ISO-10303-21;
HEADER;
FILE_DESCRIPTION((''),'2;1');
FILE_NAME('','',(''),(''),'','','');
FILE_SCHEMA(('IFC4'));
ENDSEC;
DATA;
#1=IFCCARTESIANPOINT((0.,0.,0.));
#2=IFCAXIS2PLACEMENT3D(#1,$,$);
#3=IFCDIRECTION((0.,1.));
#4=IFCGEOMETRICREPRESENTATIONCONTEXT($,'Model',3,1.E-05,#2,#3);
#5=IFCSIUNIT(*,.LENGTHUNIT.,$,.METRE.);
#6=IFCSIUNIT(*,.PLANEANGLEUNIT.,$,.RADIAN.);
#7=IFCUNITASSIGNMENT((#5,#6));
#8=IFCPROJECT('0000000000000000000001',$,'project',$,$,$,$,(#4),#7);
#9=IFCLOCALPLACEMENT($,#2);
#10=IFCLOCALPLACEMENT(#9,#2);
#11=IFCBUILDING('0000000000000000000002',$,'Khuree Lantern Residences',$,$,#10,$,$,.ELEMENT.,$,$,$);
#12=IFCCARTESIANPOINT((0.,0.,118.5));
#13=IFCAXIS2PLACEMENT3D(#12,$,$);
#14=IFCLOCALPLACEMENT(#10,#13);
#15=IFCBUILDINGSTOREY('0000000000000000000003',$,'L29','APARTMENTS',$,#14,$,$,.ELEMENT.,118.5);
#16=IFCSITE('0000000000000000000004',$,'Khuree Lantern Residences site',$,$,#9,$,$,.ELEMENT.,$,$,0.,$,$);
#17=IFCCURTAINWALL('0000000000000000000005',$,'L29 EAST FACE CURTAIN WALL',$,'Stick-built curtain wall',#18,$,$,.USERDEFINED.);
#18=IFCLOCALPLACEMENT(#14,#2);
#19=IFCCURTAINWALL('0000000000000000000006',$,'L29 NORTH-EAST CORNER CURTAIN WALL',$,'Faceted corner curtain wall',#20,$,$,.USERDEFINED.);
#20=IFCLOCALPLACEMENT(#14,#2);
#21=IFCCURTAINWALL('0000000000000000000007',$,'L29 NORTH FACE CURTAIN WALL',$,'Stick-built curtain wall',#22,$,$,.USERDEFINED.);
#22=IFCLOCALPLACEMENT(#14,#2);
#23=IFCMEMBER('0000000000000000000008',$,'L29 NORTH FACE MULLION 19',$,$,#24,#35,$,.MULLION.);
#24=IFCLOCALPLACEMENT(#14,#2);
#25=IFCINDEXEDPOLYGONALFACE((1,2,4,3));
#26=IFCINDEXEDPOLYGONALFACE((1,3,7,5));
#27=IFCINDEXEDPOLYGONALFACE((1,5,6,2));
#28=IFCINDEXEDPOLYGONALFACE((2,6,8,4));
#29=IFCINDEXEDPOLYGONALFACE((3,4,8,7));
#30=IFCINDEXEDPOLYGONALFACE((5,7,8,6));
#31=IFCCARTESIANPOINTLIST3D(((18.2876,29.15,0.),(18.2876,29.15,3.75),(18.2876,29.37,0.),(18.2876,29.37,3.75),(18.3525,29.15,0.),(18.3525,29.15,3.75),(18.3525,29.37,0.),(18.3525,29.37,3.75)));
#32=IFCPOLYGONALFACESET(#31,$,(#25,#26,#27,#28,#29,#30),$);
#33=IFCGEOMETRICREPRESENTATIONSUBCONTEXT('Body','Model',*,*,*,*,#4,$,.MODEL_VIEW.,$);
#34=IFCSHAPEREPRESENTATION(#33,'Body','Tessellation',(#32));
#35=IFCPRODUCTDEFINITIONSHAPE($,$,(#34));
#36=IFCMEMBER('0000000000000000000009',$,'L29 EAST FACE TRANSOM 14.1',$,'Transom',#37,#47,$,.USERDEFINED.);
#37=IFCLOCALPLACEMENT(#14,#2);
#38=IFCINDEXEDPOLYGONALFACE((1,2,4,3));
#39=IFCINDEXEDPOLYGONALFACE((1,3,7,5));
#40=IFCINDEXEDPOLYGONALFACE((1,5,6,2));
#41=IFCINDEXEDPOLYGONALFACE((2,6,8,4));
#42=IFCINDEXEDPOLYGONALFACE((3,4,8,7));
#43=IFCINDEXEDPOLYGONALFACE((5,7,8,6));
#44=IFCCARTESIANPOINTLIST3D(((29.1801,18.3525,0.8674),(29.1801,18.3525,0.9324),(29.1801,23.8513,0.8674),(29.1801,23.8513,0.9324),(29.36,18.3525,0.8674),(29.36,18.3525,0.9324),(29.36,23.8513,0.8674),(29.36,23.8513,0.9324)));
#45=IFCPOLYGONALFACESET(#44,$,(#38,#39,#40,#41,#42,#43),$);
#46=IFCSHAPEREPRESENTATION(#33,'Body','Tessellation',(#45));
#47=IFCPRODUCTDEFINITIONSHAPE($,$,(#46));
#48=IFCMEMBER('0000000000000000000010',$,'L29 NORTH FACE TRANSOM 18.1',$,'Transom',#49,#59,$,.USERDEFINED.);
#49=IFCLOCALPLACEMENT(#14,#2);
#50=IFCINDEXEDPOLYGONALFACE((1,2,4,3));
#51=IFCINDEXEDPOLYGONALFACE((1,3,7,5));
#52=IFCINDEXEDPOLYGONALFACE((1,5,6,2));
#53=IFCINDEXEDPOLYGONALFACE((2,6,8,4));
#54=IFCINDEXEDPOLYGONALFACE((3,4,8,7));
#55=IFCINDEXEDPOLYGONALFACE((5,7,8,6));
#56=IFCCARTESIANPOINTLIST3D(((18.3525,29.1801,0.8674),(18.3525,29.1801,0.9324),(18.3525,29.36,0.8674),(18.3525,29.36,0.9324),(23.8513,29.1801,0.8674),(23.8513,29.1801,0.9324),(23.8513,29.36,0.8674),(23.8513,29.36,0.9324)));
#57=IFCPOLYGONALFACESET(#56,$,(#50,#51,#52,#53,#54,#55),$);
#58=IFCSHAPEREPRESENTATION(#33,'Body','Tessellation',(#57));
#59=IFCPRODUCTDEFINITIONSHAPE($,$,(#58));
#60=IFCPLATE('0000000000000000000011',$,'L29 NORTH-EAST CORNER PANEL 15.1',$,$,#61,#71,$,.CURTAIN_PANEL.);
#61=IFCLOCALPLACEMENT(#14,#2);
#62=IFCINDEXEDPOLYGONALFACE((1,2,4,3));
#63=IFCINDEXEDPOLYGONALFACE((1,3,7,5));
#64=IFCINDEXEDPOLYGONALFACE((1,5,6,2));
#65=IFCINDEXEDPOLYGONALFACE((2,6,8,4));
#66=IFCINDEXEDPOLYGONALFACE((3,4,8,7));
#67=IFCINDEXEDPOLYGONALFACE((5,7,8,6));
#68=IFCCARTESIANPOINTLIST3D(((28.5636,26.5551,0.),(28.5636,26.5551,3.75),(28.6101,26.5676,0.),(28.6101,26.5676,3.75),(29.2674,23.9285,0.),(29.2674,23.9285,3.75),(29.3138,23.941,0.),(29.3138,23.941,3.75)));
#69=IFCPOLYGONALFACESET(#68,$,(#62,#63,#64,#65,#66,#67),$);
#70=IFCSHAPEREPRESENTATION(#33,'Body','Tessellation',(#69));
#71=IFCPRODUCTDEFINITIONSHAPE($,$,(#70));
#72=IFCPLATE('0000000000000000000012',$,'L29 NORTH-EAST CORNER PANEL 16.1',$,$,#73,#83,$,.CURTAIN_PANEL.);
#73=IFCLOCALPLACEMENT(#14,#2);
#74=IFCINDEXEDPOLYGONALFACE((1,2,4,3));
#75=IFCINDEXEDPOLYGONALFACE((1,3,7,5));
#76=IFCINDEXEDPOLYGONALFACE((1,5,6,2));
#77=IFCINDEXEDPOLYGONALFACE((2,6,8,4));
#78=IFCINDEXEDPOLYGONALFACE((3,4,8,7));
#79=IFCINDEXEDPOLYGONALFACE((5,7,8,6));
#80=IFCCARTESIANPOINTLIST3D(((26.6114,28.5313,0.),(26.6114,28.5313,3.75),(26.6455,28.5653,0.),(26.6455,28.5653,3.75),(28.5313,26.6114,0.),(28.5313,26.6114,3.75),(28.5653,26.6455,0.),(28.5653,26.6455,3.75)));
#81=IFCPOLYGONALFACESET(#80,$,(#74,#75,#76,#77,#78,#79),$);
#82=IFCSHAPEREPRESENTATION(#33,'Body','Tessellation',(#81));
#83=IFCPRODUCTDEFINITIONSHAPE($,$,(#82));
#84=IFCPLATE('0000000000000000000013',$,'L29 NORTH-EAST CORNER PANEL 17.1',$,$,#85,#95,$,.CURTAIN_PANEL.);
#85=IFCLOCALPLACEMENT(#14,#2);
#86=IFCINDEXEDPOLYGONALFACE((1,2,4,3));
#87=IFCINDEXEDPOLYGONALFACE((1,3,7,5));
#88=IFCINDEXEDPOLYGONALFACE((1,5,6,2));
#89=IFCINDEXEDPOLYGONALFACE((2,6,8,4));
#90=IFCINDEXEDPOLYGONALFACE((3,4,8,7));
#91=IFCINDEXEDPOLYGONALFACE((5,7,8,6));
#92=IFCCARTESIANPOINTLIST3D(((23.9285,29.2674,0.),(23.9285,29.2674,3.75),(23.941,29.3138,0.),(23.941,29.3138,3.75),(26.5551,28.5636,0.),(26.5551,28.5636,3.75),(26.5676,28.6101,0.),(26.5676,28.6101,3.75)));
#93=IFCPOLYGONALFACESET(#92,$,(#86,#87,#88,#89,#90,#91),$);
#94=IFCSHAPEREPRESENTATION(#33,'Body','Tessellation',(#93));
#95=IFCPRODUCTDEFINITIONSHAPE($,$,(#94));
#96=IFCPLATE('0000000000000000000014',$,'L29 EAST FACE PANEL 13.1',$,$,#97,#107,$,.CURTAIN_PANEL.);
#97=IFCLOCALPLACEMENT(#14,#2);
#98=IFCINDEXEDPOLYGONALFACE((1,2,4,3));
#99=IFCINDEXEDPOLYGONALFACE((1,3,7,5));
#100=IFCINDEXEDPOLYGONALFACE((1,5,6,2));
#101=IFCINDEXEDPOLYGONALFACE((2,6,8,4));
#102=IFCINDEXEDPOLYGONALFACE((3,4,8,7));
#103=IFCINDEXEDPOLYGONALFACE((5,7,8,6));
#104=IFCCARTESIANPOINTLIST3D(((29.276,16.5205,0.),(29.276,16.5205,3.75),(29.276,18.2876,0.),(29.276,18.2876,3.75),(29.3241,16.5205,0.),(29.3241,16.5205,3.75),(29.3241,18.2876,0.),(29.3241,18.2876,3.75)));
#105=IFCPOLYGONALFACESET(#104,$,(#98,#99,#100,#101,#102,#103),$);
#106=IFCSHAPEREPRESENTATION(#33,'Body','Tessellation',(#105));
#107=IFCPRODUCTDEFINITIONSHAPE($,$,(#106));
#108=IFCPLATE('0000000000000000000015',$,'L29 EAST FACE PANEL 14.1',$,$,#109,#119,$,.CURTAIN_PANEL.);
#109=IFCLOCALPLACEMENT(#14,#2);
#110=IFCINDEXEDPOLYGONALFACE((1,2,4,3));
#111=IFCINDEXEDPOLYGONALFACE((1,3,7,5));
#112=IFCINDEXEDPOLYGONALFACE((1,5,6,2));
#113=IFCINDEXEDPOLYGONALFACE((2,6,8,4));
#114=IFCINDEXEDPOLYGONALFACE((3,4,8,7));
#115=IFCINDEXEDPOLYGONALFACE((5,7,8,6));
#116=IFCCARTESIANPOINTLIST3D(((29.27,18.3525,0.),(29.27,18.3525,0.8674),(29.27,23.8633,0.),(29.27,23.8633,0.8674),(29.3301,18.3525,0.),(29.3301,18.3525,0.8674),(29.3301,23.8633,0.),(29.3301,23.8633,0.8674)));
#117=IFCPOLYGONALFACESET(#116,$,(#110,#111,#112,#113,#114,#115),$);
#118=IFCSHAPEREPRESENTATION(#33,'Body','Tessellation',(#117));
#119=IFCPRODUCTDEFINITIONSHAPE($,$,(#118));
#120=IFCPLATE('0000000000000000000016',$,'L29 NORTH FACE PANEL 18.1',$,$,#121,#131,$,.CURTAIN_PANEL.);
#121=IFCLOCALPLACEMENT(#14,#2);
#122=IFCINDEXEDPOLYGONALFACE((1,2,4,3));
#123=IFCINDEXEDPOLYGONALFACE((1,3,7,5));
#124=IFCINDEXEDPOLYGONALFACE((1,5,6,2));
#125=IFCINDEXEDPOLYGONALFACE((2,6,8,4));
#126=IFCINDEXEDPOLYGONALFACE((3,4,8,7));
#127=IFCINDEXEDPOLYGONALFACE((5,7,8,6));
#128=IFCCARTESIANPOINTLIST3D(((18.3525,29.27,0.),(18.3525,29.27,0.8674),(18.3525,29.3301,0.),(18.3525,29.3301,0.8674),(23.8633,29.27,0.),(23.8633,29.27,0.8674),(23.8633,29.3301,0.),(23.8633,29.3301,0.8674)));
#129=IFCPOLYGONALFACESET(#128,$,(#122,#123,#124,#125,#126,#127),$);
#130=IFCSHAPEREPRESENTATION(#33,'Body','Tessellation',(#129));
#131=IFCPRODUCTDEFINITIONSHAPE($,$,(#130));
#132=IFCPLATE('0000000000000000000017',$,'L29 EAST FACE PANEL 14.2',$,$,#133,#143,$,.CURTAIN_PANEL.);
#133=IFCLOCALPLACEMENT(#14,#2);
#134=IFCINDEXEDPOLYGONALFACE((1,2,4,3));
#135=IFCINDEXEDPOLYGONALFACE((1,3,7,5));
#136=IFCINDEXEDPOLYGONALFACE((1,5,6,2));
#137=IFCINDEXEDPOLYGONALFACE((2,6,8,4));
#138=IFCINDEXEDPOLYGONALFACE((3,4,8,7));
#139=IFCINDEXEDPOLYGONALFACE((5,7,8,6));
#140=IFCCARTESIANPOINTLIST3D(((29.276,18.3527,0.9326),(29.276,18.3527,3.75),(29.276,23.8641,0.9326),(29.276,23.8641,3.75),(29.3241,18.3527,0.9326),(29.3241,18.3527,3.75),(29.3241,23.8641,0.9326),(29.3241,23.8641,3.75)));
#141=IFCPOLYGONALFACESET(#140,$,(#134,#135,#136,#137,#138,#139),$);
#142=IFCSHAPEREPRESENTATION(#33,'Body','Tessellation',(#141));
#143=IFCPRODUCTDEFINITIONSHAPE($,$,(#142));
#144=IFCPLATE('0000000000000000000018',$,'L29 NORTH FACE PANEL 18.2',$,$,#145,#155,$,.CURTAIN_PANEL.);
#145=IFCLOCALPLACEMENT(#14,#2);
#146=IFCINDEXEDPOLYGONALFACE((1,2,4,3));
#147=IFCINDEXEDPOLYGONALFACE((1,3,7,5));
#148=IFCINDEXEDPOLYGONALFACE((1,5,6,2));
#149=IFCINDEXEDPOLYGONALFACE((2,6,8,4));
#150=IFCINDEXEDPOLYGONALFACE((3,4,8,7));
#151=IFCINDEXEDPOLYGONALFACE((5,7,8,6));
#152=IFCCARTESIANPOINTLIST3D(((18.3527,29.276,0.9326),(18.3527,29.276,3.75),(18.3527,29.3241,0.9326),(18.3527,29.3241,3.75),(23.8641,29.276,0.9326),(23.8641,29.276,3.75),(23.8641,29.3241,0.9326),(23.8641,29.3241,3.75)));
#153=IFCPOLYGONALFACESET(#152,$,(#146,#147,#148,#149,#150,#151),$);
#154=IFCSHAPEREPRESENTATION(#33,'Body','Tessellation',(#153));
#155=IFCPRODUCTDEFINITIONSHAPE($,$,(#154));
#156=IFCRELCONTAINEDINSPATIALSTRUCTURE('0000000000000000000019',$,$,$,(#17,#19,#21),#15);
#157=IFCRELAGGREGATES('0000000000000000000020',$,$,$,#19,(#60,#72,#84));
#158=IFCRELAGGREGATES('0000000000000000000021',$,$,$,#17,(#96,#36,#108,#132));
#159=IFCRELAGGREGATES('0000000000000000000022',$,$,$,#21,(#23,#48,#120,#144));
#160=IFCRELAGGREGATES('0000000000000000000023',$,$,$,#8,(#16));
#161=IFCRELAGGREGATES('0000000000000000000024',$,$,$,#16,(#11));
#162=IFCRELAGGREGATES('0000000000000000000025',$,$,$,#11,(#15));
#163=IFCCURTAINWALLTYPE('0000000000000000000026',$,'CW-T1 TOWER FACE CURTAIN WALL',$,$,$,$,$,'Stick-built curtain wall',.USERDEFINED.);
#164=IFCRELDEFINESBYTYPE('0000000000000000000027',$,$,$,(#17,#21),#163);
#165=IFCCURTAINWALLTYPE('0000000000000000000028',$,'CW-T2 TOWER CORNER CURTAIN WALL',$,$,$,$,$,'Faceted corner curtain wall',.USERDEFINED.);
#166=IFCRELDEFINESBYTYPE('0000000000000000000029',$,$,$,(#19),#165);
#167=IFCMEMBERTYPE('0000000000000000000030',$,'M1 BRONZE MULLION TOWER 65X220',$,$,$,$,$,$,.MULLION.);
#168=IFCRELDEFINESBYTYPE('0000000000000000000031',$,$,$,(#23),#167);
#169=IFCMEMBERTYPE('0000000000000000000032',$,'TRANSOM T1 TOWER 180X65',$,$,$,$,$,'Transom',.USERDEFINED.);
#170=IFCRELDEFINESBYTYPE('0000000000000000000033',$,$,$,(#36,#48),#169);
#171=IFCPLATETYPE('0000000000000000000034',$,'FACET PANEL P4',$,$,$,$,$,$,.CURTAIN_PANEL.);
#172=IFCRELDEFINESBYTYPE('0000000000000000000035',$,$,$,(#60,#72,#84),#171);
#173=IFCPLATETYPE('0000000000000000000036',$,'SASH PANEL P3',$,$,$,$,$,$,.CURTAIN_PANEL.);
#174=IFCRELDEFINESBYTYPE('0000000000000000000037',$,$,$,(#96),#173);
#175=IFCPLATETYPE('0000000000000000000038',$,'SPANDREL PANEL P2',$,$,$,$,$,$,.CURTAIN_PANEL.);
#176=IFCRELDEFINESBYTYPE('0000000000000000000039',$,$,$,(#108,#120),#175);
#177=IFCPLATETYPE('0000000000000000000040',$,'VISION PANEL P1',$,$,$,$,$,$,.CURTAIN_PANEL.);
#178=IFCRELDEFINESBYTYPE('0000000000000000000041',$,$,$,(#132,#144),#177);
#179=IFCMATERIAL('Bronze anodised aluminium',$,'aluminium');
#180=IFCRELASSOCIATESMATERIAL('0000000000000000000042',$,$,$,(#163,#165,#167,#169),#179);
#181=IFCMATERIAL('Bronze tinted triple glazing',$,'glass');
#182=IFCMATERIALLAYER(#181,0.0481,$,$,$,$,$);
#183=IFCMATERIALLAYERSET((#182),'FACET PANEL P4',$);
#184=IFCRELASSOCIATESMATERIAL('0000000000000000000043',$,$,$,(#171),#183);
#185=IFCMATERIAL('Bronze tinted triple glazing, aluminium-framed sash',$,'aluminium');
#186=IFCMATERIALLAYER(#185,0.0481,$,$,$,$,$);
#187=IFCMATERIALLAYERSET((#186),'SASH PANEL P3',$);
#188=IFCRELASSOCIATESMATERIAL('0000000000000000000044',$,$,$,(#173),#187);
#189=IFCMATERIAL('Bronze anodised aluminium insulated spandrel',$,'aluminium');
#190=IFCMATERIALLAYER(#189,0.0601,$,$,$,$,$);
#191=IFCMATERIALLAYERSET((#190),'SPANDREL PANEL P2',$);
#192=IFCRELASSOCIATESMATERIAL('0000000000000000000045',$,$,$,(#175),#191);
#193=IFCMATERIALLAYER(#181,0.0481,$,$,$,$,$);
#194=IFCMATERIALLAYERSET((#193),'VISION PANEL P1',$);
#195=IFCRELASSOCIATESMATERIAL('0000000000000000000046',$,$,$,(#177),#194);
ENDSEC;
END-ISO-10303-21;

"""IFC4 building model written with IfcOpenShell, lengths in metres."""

from ifc_helpers import new_model, si_unit, direction, frame, origin, origin_2d, place, context, subcontext, project, spatial, rectangle, extrude, material, layer, layer_set, material_profile, profile_set, type_object, element, aggregate, save


model = new_model("IFC4")

# Units and contexts
model_context = context("Model", 3, precision=1e-05, world=origin(), true_north=direction((0.0, 1.0)))
body_context = subcontext(model_context, "Body", "Model", "MODEL_VIEW")
ifc_project = project(units=[si_unit("LENGTHUNIT", "METRE"), si_unit("PLANEANGLEUNIT", "RADIAN")], contexts=[model_context])

# Site, building, storey
site_placement = place(None, origin())
site = spatial("IfcSite", under=ifc_project, at=site_placement, Name="Khuree Lantern Residences site", CompositionType="ELEMENT", RefElevation=0.0)
building_placement = place(site_placement, origin())
building = spatial("IfcBuilding", under=site, at=building_placement, Name="Khuree Lantern Residences", CompositionType="ELEMENT")
storey_placement = place(building_placement, frame((0.0, 0.0, 118.5)))
storey = spatial("IfcBuildingStorey", under=building, at=storey_placement, Name="L29", Description="APARTMENTS", CompositionType="ELEMENT", Elevation=118.5)

# Curtain walls
ifc_material_1 = material(Name="Bronze anodised aluminium", Category="aluminium")
curtain_wall_type_1 = type_object("IfcCurtainWallType", Name="CW-T1 TOWER FACE CURTAIN WALL", ElementType="Stick-built curtain wall", PredefinedType="USERDEFINED", material=ifc_material_1)
curtain_wall_1_placement = place(storey_placement, origin())
curtain_wall_1 = element("IfcCurtainWall", 1, at=curtain_wall_1_placement, inside=storey, type_object=curtain_wall_type_1, Name="L29 EAST FACE CURTAIN WALL", ObjectType="Stick-built curtain wall", PredefinedType="USERDEFINED")
curtain_wall_type_2 = type_object("IfcCurtainWallType", Name="CW-T2 TOWER CORNER CURTAIN WALL", ElementType="Faceted corner curtain wall", PredefinedType="USERDEFINED", material=ifc_material_1)
curtain_wall_2_placement = place(storey_placement, origin())
curtain_wall_2 = element("IfcCurtainWall", 2, at=curtain_wall_2_placement, inside=storey, type_object=curtain_wall_type_2, Name="L29 NORTH-EAST CORNER CURTAIN WALL", ObjectType="Faceted corner curtain wall", PredefinedType="USERDEFINED")

# Shared definitions
ifc_material_profile_1 = material_profile(ifc_material_1, rectangle(XDim=0.0649, YDim=0.22, at=origin_2d()), Name="M1 65X220")
ifc_profile_set_1 = profile_set([ifc_material_profile_1], Name="Bronze anodised aluminium")
member_type_1 = type_object("IfcMemberType", Name="M1 BRONZE MULLION TOWER 65X220", PredefinedType="MULLION", material=ifc_profile_set_1)

# Curtain wall, member
curtain_wall_3_placement = place(storey_placement, origin())
curtain_wall_3 = element("IfcCurtainWall", 3, at=curtain_wall_3_placement, inside=storey, type_object=curtain_wall_type_1, Name="L29 NORTH FACE CURTAIN WALL", ObjectType="Stick-built curtain wall", PredefinedType="USERDEFINED")
member_1_placement = place(storey_placement, frame((18.3201, 29.26, 0.0), z_axis=(0.0, 0.0, 1.0), x_axis=(-1.0, 0.0, 0.0)))
member_1 = element("IfcMember", 4, at=member_1_placement, type_object=member_type_1, Name="L29 NORTH FACE MULLION 19", PredefinedType="MULLION", context=body_context, shape_type="SweptSolid", body=[
    extrude(rectangle(XDim=0.0649, YDim=0.22, at=origin_2d()), origin(), (0.0, 0.0, 1.0), 3.75),
])

# Members
ifc_material_profile_2 = material_profile(ifc_material_1, rectangle(XDim=0.1799, YDim=0.0649, at=origin_2d()), Name="T1 180X65")
ifc_profile_set_2 = profile_set([ifc_material_profile_2], Name="Bronze anodised aluminium")
member_type_2 = type_object("IfcMemberType", Name="TRANSOM T1 TOWER 180X65", ElementType="Transom", PredefinedType="USERDEFINED", material=ifc_profile_set_2)
member_2_placement = place(storey_placement, frame((29.27, 18.3525, 0.8999), z_axis=(0.0, 1.0, 0.0), x_axis=(-1.0, 0.0, 0.0)))
member_2 = element("IfcMember", 5, at=member_2_placement, type_object=member_type_2, Name="L29 EAST FACE TRANSOM 14.1", ObjectType="Transom", PredefinedType="USERDEFINED", context=body_context, shape_type="SweptSolid", body=[
    extrude(rectangle(XDim=0.1799, YDim=0.0649, at=origin_2d()), origin(), (0.0, 0.0, 1.0), 5.4988),
])
member_3_placement = place(storey_placement, frame((23.8513, 29.27, 0.8999), z_axis=(-1.0, 0.0, 0.0), x_axis=(0.0, -1.0, 0.0)))
member_3 = element("IfcMember", 6, at=member_3_placement, type_object=member_type_2, Name="L29 NORTH FACE TRANSOM 18.1", ObjectType="Transom", PredefinedType="USERDEFINED", context=body_context, shape_type="SweptSolid", body=[
    extrude(rectangle(XDim=0.1799, YDim=0.0649, at=origin_2d()), origin(), (0.0, 0.0, 1.0), 5.4988),
])

# Plates
ifc_material_2 = material(Name="Bronze tinted triple glazing", Category="glass")
ifc_layer_1 = layer(ifc_material_2, 0.0481)
ifc_layer_set_1 = layer_set([ifc_layer_1], Name="FACET PANEL P4")
plate_type_1 = type_object("IfcPlateType", Name="FACET PANEL P4", PredefinedType="CURTAIN_PANEL", material=ifc_layer_set_1)
plate_1_placement = place(storey_placement, frame((28.9387, 25.248, 0.0), z_axis=(0.0, 0.0, 1.0), x_axis=(-0.258819, 0.965926, 0.0)))
plate_1 = element("IfcPlate", 7, at=plate_1_placement, type_object=plate_type_1, Name="L29 NORTH-EAST CORNER PANEL 15.1", PredefinedType="CURTAIN_PANEL", context=body_context, shape_type="SweptSolid", body=[
    extrude(rectangle(XDim=2.7192, YDim=0.0481, at=origin_2d()), origin(), (0.0, 0.0, 1.0), 3.75),
])
plate_2_placement = place(storey_placement, frame((27.5884, 27.5884, 0.0), z_axis=(0.0, 0.0, 1.0), x_axis=(-0.707107, 0.707107, 0.0)))
plate_2 = element("IfcPlate", 8, at=plate_2_placement, type_object=plate_type_1, Name="L29 NORTH-EAST CORNER PANEL 16.1", PredefinedType="CURTAIN_PANEL", context=body_context, shape_type="SweptSolid", body=[
    extrude(rectangle(XDim=2.7151, YDim=0.0481, at=origin_2d()), origin(), (0.0, 0.0, 1.0), 3.75),
])
plate_3_placement = place(storey_placement, frame((25.248, 28.9387, 0.0), z_axis=(0.0, 0.0, 1.0), x_axis=(-0.965926, 0.258819, 0.0)))
plate_3 = element("IfcPlate", 9, at=plate_3_placement, type_object=plate_type_1, Name="L29 NORTH-EAST CORNER PANEL 17.1", PredefinedType="CURTAIN_PANEL", context=body_context, shape_type="SweptSolid", body=[
    extrude(rectangle(XDim=2.7192, YDim=0.0481, at=origin_2d()), origin(), (0.0, 0.0, 1.0), 3.75),
])
aggregate(curtain_wall_2, [plate_1, plate_2, plate_3])
ifc_material_3 = material(Name="Bronze tinted triple glazing, aluminium-framed sash", Category="aluminium")
ifc_layer_2 = layer(ifc_material_3, 0.0481)
ifc_layer_set_2 = layer_set([ifc_layer_2], Name="SASH PANEL P3")
plate_type_2 = type_object("IfcPlateType", Name="SASH PANEL P3", PredefinedType="CURTAIN_PANEL", material=ifc_layer_set_2)
plate_4_placement = place(storey_placement, frame((29.3, 17.4041, 0.0), z_axis=(0.0, 0.0, 1.0), x_axis=(0.0, 1.0, 0.0)))
plate_4 = element("IfcPlate", 10, at=plate_4_placement, type_object=plate_type_2, Name="L29 EAST FACE PANEL 13.1", PredefinedType="CURTAIN_PANEL", context=body_context, shape_type="SweptSolid", body=[
    extrude(rectangle(XDim=1.7671, YDim=0.0481, at=origin_2d()), origin(), (0.0, 0.0, 1.0), 3.75),
])
ifc_material_4 = material(Name="Bronze anodised aluminium insulated spandrel", Category="aluminium")
ifc_layer_3 = layer(ifc_material_4, 0.0601)
ifc_layer_set_3 = layer_set([ifc_layer_3], Name="SPANDREL PANEL P2")
plate_type_3 = type_object("IfcPlateType", Name="SPANDREL PANEL P2", PredefinedType="CURTAIN_PANEL", material=ifc_layer_set_3)
plate_5_placement = place(storey_placement, frame((29.3, 21.1079, 0.0), z_axis=(0.0, 0.0, 1.0), x_axis=(0.0, 1.0, 0.0)))
plate_5 = element("IfcPlate", 11, at=plate_5_placement, type_object=plate_type_3, Name="L29 EAST FACE PANEL 14.1", PredefinedType="CURTAIN_PANEL", context=body_context, shape_type="SweptSolid", body=[
    extrude(rectangle(XDim=5.5107, YDim=0.0601, at=origin_2d()), origin(), (0.0, 0.0, 1.0), 0.8674),
])
plate_6_placement = place(storey_placement, frame((21.1079, 29.3, 0.0), z_axis=(0.0, 0.0, 1.0), x_axis=(-1.0, 0.0, 0.0)))
plate_6 = element("IfcPlate", 12, at=plate_6_placement, type_object=plate_type_3, Name="L29 NORTH FACE PANEL 18.1", PredefinedType="CURTAIN_PANEL", context=body_context, shape_type="SweptSolid", body=[
    extrude(rectangle(XDim=5.5107, YDim=0.0601, at=origin_2d()), origin(), (0.0, 0.0, 1.0), 0.8674),
])
ifc_layer_4 = layer(ifc_material_2, 0.0481)
ifc_layer_set_4 = layer_set([ifc_layer_4], Name="VISION PANEL P1")
plate_type_4 = type_object("IfcPlateType", Name="VISION PANEL P1", PredefinedType="CURTAIN_PANEL", material=ifc_layer_set_4)
plate_7_placement = place(storey_placement, frame((29.3, 21.1084, 0.9326), z_axis=(0.0, 0.0, 1.0), x_axis=(0.0, 1.0, 0.0)))
plate_7 = element("IfcPlate", 13, at=plate_7_placement, type_object=plate_type_4, Name="L29 EAST FACE PANEL 14.2", PredefinedType="CURTAIN_PANEL", context=body_context, shape_type="SweptSolid", body=[
    extrude(rectangle(XDim=5.5115, YDim=0.0481, at=origin_2d()), origin(), (0.0, 0.0, 1.0), 2.8174),
])
aggregate(curtain_wall_1, [plate_4, member_2, plate_5, plate_7])
plate_8_placement = place(storey_placement, frame((21.1084, 29.3, 0.9326), z_axis=(0.0, 0.0, 1.0), x_axis=(-1.0, 0.0, 0.0)))
plate_8 = element("IfcPlate", 14, at=plate_8_placement, type_object=plate_type_4, Name="L29 NORTH FACE PANEL 18.2", PredefinedType="CURTAIN_PANEL", context=body_context, shape_type="SweptSolid", body=[
    extrude(rectangle(XDim=5.5115, YDim=0.0481, at=origin_2d()), origin(), (0.0, 0.0, 1.0), 2.8174),
])
aggregate(curtain_wall_3, [member_1, member_3, plate_6, plate_8])

save(model, "model.ifc")
